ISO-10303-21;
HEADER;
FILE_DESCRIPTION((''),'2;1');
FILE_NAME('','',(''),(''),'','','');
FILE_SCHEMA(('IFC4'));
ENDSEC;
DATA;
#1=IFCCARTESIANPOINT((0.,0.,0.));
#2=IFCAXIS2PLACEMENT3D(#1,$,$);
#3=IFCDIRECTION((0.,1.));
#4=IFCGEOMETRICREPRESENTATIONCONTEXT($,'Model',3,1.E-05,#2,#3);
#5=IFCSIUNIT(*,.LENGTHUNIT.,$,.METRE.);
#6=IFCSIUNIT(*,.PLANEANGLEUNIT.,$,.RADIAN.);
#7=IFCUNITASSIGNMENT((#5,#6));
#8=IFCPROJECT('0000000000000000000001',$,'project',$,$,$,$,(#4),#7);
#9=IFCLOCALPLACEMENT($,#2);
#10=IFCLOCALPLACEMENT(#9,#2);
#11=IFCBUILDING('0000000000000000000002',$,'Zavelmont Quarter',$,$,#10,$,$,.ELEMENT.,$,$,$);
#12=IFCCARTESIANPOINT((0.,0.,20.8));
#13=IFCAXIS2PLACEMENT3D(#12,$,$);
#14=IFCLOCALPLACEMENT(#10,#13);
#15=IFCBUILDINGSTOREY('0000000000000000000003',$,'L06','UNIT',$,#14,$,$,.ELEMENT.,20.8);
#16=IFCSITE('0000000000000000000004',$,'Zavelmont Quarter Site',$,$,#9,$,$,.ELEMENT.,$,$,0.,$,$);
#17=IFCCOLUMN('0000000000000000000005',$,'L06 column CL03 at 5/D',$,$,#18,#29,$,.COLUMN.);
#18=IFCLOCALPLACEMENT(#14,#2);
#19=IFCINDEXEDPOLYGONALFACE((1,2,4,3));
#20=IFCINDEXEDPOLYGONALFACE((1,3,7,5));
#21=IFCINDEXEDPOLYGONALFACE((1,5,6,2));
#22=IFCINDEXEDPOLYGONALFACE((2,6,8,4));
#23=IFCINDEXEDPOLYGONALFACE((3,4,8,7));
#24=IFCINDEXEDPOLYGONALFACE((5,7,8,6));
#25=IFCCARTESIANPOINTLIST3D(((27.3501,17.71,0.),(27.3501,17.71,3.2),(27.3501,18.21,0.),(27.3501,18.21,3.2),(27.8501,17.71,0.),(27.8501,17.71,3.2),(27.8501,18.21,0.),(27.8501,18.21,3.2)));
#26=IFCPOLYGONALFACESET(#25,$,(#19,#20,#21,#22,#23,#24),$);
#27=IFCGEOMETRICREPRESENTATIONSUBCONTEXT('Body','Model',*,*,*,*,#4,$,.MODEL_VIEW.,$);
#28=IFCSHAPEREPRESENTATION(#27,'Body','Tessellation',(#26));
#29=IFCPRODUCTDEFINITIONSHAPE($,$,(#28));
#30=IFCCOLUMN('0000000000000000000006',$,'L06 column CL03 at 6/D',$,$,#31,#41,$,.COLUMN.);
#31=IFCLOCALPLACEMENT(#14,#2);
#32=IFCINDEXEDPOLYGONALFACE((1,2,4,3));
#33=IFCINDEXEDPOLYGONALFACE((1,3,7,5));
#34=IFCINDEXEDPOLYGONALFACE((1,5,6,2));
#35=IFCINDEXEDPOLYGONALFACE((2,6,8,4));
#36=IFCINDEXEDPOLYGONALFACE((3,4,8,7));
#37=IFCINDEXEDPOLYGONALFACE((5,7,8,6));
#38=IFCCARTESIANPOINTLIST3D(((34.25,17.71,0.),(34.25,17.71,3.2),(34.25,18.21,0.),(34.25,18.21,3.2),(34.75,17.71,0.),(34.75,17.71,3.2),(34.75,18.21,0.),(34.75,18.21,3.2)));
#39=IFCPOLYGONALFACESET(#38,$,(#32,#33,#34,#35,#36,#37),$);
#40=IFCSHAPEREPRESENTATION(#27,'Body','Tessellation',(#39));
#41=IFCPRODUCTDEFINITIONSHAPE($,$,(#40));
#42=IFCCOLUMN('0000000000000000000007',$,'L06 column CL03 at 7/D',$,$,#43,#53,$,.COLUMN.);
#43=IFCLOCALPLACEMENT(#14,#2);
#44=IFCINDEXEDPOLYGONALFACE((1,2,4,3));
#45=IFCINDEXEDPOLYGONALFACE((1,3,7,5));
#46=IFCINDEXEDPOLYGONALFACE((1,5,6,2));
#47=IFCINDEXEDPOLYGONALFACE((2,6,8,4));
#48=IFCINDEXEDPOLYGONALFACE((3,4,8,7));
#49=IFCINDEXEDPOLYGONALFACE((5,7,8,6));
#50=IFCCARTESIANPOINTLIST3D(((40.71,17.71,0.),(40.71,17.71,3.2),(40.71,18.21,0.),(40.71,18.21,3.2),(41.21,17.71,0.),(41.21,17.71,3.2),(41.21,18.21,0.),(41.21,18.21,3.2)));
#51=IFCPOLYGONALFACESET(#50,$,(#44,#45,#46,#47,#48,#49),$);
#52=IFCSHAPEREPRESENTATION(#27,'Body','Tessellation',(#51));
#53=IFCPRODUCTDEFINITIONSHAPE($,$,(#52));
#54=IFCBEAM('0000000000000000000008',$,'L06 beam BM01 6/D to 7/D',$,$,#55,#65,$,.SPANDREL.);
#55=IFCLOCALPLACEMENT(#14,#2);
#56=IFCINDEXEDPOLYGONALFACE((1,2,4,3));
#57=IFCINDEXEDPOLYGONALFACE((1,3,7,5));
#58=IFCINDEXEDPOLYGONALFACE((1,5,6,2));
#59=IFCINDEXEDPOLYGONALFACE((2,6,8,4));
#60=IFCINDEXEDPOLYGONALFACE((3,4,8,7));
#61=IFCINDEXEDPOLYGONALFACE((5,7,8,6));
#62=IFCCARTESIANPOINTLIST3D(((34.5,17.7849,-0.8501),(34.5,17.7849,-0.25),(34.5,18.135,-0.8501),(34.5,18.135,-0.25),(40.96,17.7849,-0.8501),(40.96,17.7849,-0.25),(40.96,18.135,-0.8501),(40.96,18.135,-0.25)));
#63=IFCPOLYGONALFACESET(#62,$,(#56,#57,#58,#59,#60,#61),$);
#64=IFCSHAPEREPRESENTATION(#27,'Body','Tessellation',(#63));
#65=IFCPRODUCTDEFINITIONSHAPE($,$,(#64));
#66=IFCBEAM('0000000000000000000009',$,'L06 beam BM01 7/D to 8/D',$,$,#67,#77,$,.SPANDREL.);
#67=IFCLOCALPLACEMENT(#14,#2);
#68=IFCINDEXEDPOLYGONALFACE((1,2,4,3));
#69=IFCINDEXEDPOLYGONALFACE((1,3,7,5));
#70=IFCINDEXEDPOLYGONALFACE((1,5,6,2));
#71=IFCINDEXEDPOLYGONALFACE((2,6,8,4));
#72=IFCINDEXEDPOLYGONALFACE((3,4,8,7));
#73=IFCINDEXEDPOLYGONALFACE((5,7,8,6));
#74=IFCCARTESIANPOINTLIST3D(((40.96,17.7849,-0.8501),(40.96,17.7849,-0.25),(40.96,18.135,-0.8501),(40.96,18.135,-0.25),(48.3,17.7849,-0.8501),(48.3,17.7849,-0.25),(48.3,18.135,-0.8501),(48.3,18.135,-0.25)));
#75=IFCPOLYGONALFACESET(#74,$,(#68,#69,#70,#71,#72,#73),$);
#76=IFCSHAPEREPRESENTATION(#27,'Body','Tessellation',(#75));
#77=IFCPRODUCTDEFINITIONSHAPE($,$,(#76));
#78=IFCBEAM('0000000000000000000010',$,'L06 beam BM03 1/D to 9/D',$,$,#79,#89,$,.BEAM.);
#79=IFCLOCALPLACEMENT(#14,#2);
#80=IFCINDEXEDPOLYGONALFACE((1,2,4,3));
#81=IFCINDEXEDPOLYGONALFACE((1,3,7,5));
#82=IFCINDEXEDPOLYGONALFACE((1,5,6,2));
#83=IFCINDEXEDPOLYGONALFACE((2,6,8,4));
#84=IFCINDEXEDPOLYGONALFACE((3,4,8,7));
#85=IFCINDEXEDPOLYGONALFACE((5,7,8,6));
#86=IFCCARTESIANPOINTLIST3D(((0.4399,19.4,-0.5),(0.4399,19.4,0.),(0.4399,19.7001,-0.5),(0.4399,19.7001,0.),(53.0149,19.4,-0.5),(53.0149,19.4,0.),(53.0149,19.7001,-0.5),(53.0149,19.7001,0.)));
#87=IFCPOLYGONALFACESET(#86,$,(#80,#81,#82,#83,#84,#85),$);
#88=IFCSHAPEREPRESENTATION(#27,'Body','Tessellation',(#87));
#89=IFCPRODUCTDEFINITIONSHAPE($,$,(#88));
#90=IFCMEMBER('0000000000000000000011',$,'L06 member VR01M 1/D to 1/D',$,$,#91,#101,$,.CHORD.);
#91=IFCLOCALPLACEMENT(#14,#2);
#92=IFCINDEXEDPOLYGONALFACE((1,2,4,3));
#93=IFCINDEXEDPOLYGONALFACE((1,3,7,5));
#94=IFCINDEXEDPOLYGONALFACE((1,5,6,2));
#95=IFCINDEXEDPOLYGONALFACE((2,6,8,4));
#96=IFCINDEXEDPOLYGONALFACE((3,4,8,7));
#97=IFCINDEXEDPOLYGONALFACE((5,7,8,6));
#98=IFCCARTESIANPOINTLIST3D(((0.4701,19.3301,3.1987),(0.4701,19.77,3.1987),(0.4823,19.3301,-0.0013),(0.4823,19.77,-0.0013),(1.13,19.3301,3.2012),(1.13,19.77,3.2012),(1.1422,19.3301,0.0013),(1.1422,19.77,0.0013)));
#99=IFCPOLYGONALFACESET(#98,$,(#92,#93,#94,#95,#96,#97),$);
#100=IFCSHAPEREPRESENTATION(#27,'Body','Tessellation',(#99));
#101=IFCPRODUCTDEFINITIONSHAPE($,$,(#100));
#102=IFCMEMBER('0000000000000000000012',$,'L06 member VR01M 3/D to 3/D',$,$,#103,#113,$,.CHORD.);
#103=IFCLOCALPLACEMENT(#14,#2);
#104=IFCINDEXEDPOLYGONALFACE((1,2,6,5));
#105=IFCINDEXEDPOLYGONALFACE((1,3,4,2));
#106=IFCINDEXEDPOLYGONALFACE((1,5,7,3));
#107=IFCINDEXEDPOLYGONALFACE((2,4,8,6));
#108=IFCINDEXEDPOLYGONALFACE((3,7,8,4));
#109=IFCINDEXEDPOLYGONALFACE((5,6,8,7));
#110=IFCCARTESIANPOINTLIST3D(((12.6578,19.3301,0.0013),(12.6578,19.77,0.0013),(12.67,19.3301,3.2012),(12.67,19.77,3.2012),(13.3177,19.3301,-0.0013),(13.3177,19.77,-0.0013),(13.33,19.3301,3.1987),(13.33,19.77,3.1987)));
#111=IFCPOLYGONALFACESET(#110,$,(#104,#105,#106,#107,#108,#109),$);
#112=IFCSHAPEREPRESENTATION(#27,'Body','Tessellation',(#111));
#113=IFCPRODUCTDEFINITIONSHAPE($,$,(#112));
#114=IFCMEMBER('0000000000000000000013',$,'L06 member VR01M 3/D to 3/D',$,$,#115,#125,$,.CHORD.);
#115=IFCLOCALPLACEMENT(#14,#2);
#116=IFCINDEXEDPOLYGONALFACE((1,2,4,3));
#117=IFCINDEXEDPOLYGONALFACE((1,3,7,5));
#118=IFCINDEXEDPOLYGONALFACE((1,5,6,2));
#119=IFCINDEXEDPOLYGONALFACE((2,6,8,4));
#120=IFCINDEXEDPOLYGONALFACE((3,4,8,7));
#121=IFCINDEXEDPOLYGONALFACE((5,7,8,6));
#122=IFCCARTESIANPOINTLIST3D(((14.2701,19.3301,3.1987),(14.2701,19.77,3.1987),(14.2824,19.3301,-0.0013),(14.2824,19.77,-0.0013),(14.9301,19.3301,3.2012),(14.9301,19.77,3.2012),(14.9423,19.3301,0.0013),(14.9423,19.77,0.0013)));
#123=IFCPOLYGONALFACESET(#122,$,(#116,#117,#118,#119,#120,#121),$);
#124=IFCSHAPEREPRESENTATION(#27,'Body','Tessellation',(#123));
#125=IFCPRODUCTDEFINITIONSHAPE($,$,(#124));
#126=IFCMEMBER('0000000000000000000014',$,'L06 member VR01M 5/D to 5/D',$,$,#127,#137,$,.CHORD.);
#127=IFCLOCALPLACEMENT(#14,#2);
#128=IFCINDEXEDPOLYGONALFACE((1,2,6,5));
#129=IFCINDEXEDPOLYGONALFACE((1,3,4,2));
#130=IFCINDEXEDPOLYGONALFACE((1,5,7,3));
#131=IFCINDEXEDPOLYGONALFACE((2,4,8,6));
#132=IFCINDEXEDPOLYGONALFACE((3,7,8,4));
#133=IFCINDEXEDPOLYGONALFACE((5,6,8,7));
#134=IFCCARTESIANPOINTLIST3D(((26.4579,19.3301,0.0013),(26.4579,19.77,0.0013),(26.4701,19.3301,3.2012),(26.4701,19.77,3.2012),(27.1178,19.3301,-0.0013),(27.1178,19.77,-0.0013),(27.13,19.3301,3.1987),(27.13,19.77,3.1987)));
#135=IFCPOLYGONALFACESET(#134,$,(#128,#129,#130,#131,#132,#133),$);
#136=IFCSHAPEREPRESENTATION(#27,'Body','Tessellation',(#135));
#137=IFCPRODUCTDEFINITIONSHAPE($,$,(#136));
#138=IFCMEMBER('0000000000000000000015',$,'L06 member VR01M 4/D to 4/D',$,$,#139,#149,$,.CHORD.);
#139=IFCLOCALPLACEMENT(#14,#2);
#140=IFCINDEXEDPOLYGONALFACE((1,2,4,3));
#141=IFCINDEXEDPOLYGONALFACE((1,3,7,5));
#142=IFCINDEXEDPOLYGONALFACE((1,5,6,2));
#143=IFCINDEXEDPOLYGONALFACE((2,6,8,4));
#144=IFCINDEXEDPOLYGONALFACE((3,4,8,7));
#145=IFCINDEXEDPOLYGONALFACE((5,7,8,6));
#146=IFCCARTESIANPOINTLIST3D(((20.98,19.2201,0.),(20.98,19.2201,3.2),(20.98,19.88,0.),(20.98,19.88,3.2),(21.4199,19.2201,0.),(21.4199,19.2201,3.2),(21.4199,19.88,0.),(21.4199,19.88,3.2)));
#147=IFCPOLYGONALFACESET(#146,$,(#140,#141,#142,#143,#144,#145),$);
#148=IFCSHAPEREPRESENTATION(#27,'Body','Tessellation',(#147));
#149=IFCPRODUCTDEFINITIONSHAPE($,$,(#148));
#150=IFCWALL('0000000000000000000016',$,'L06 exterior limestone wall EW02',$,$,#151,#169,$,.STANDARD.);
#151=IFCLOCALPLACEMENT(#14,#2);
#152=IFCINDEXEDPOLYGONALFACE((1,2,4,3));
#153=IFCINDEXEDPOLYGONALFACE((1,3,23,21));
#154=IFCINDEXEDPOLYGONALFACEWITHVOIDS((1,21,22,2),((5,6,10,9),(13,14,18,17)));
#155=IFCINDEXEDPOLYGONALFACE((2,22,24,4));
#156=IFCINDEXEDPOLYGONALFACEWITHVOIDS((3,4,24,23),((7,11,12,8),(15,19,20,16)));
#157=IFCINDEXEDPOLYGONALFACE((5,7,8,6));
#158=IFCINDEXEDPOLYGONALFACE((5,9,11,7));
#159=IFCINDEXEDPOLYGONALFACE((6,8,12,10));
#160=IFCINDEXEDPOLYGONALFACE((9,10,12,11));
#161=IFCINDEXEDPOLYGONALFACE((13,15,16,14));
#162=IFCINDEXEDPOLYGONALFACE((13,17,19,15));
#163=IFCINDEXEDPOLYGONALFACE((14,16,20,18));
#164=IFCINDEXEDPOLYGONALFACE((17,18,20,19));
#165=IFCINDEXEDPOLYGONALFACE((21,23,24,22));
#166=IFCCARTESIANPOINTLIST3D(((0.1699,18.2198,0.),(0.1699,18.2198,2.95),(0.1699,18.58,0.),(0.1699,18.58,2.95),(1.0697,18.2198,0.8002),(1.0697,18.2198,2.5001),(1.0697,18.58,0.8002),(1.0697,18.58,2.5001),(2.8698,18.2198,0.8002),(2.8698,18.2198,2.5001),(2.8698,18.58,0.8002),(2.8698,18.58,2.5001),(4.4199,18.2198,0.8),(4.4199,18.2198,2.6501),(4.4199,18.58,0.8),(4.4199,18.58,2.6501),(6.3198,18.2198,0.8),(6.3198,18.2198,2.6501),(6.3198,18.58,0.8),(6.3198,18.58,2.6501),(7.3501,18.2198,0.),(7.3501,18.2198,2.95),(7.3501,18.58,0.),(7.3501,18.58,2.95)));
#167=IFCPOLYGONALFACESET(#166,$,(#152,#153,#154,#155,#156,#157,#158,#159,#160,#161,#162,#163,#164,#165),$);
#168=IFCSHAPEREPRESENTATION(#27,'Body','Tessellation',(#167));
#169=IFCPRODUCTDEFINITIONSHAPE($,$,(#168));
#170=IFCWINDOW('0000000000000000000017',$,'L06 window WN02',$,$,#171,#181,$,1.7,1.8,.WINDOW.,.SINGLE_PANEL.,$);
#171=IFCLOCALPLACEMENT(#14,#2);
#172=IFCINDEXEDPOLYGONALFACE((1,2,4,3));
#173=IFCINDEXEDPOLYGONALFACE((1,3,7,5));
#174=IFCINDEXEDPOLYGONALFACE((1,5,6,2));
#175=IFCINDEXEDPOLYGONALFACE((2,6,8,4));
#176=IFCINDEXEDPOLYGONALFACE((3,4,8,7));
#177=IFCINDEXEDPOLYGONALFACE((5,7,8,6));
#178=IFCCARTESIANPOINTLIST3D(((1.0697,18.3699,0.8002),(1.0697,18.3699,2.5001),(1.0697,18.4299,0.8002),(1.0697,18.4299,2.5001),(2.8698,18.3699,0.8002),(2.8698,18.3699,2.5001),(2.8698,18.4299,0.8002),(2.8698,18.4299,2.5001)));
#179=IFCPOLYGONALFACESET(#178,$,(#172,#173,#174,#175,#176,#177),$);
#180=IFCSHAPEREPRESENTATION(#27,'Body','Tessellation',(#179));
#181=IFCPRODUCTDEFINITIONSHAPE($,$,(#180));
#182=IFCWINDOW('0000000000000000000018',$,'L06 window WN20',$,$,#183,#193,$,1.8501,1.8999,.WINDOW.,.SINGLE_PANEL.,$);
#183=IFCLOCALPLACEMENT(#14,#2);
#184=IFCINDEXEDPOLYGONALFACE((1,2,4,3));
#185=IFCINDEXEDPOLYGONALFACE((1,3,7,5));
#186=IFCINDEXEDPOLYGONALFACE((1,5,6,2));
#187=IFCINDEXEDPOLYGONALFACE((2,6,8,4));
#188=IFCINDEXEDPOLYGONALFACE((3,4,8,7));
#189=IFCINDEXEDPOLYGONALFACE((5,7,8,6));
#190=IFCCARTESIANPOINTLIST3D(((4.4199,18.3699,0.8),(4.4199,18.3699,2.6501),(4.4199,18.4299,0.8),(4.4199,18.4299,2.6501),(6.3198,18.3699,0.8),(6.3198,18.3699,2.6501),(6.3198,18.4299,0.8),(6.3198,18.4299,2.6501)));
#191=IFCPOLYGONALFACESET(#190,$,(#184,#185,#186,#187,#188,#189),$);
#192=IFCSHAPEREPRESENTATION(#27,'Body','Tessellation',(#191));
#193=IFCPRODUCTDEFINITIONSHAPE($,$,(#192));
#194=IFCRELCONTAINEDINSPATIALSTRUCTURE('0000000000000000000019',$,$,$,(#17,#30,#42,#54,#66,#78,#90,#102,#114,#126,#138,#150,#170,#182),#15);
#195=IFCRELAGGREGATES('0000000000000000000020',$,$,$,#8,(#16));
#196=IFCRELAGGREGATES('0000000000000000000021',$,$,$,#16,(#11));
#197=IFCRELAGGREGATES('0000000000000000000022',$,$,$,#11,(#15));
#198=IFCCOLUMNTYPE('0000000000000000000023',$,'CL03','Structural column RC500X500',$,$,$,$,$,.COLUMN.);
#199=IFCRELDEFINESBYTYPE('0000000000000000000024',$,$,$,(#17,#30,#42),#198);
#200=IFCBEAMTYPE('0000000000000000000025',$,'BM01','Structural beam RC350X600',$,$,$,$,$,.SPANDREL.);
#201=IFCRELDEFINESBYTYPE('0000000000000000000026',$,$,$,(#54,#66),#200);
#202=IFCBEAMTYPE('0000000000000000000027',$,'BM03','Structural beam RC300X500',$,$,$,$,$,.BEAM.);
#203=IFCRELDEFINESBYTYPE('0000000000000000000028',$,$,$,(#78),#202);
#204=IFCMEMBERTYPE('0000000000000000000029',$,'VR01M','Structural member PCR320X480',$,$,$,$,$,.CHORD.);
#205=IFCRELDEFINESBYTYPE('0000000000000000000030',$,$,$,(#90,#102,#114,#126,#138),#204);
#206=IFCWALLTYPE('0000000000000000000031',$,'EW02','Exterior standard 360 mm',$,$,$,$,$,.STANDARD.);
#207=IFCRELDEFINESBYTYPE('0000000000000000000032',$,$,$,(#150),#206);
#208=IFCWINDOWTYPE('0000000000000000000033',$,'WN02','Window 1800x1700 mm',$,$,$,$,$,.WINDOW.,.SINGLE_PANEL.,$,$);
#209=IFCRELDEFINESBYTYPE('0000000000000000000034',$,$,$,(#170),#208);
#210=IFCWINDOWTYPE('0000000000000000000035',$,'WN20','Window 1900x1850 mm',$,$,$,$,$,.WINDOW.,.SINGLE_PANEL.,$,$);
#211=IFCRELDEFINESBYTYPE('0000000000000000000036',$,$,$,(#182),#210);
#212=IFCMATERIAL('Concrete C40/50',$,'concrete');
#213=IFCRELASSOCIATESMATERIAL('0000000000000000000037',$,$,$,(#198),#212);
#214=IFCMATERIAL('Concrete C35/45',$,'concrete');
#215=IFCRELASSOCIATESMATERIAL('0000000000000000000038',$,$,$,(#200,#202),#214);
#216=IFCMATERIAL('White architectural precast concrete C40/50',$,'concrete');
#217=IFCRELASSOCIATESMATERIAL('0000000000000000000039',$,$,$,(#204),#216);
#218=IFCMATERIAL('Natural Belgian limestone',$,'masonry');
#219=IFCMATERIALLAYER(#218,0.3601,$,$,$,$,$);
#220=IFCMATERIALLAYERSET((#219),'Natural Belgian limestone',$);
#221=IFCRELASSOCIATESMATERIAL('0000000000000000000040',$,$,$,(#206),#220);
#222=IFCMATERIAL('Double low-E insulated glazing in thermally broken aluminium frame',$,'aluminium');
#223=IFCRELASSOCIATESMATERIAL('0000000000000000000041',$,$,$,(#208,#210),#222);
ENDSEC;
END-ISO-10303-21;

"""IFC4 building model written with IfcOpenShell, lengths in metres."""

from ifc_helpers import new_model, si_unit, direction, frame, frame_2d, origin, origin_with_axes, origin_2d, place, context, subcontext, project, spatial, rectangle, extrude, material, layer, layer_set, material_profile, profile_set, type_object, element, fill, save


model = new_model("IFC4")

# Units and contexts
model_context = context("Model", 3, precision=1e-05, world=origin(), true_north=direction((0.0, 1.0)))
body_context = subcontext(model_context, "Body", "Model", "MODEL_VIEW")
ifc_project = project(units=[si_unit("LENGTHUNIT", "METRE"), si_unit("PLANEANGLEUNIT", "RADIAN")], contexts=[model_context])

# Site, building, storey
site_placement = place(None, origin())
site = spatial("IfcSite", under=ifc_project, at=site_placement, Name="Zavelmont Quarter Site", CompositionType="ELEMENT", RefElevation=0.0)
building_placement = place(site_placement, origin())
building = spatial("IfcBuilding", under=site, at=building_placement, Name="Zavelmont Quarter", CompositionType="ELEMENT")
storey_placement = place(building_placement, frame((0.0, 0.0, 20.8)))
storey = spatial("IfcBuildingStorey", under=building, at=storey_placement, Name="L06", Description="UNIT", CompositionType="ELEMENT", Elevation=20.8)

# Columns
ifc_material_1 = material(Name="Concrete C40/50", Category="concrete")
ifc_material_profile_1 = material_profile(ifc_material_1, rectangle(XDim=0.5, YDim=0.5, at=origin_2d()), Name="RC500X500")
ifc_profile_set_1 = profile_set([ifc_material_profile_1], Name="Concrete C40/50")
column_type = type_object("IfcColumnType", Name="CL03", Description="Structural column RC500X500", PredefinedType="COLUMN", material=ifc_profile_set_1)
for number, where, z_axis, x_axis, name in (
    (1, (27.6001, 17.96, 0.0), (0.0, 0.0, 1.0), (1.0, 0.0, 0.0), "L06 column CL03 at 5/D"),
    (2, (34.5, 17.96, 0.0), (0.0, 0.0, 1.0), (1.0, 0.0, 0.0), "L06 column CL03 at 6/D"),
    (3, (40.96, 17.96, 0.0), (0.0, 0.0, 1.0), (1.0, 0.0, 0.0), "L06 column CL03 at 7/D"),
):
    element("IfcColumn", number, at=place(storey_placement, frame(where, z_axis=z_axis, x_axis=x_axis)), inside=storey, type_object=column_type, Name=name, PredefinedType="COLUMN", context=body_context, shape_type="SweptSolid", body=[
        extrude(rectangle(XDim=0.5, YDim=0.5, at=origin_2d()), origin(), (0.0, 0.0, 1.0), 3.2),
    ])

# Beams
ifc_material_2 = material(Name="Concrete C35/45", Category="concrete")
ifc_material_profile_2 = material_profile(ifc_material_2, rectangle(XDim=0.3501, YDim=0.6001, at=origin_2d()), Name="RC350X600")
ifc_profile_set_2 = profile_set([ifc_material_profile_2], Name="Concrete C35/45")
beam_type_1 = type_object("IfcBeamType", Name="BM01", Description="Structural beam RC350X600", PredefinedType="SPANDREL", material=ifc_profile_set_2)
beam_1_placement = place(storey_placement, frame((34.5, 17.96, -0.55), z_axis=(1.0, 0.0, 0.0), x_axis=(0.0, 1.0, 0.0)))
element("IfcBeam", 4, at=beam_1_placement, inside=storey, type_object=beam_type_1, Name="L06 beam BM01 6/D to 7/D", PredefinedType="SPANDREL", context=body_context, shape_type="SweptSolid", body=[
    extrude(rectangle(XDim=0.3501, YDim=0.6001, at=origin_2d()), origin(), (0.0, 0.0, 1.0), 6.46),
])
beam_2_placement = place(storey_placement, frame((40.96, 17.96, -0.55), z_axis=(1.0, 0.0, 0.0), x_axis=(0.0, 1.0, 0.0)))
element("IfcBeam", 5, at=beam_2_placement, inside=storey, type_object=beam_type_1, Name="L06 beam BM01 7/D to 8/D", PredefinedType="SPANDREL", context=body_context, shape_type="SweptSolid", body=[
    extrude(rectangle(XDim=0.3501, YDim=0.6001, at=origin_2d()), origin(), (0.0, 0.0, 1.0), 7.3401),
])
ifc_material_profile_3 = material_profile(ifc_material_2, rectangle(XDim=0.3, YDim=0.5, at=origin_2d()), Name="RC300X500")
ifc_profile_set_3 = profile_set([ifc_material_profile_3], Name="Concrete C35/45")
beam_type_2 = type_object("IfcBeamType", Name="BM03", Description="Structural beam RC300X500", PredefinedType="BEAM", material=ifc_profile_set_3)
beam_3_placement = place(storey_placement, frame((0.4399, 19.55, -0.25), z_axis=(1.0, 0.0, 0.0), x_axis=(0.0, 1.0, 0.0)))
element("IfcBeam", 6, at=beam_3_placement, inside=storey, type_object=beam_type_2, Name="L06 beam BM03 1/D to 9/D", PredefinedType="BEAM", context=body_context, shape_type="SweptSolid", body=[
    extrude(rectangle(XDim=0.3, YDim=0.5, at=origin_2d()), origin(), (0.0, 0.0, 1.0), 52.575),
])

# Members
ifc_material_3 = material(Name="White architectural precast concrete C40/50", Category="concrete")
ifc_material_profile_4 = material_profile(ifc_material_3, rectangle(XDim=0.4399, YDim=0.6599, at=origin_2d()), Name="PCR320X480")
ifc_profile_set_4 = profile_set([ifc_material_profile_4], Name="White architectural precast concrete C40/50")
member_type = type_object("IfcMemberType", Name="VR01M", Description="Structural member PCR320X480", PredefinedType="CHORD", material=ifc_profile_set_4)
for number, where, z_axis, x_axis, name in (
    (7, (0.8123, 19.55, 0.0), (-0.003815, 0.0, 0.999993), (0.0, -1.0, 0.0), "L06 member VR01M 1/D to 1/D"),
    (8, (12.9878, 19.55, 0.0), (0.003815, 0.0, 0.999993), (0.0, 1.0, 0.0), "L06 member VR01M 3/D to 3/D"),
    (9, (14.6123, 19.55, 0.0), (-0.003815, 0.0, 0.999993), (0.0, -1.0, 0.0), "L06 member VR01M 3/D to 3/D"),
    (10, (26.7878, 19.55, 0.0), (0.003815, 0.0, 0.999993), (0.0, 1.0, 0.0), "L06 member VR01M 5/D to 5/D"),
    (11, (21.2, 19.55, 0.0), (0.0, 0.0, 1.0), (1.0, 0.0, 0.0), "L06 member VR01M 4/D to 4/D"),
):
    element("IfcMember", number, at=place(storey_placement, frame(where, z_axis=z_axis, x_axis=x_axis)), inside=storey, type_object=member_type, Name=name, PredefinedType="CHORD", context=body_context, shape_type="SweptSolid", body=[
        extrude(rectangle(XDim=0.4399, YDim=0.6599, at=origin_2d()), origin(), (0.0, 0.0, 1.0), 3.2),
    ])

# Wall, openings, windows
ifc_material_4 = material(Name="Natural Belgian limestone", Category="masonry")
ifc_layer_1 = layer(ifc_material_4, 0.3601)
ifc_layer_set_1 = layer_set([ifc_layer_1], Name="Natural Belgian limestone")
wall_type_1 = type_object("IfcWallType", Name="EW02", Description="Exterior standard 360 mm", PredefinedType="STANDARD", material=ifc_layer_set_1)
wall_1_placement = place(storey_placement, frame((0.1699, 18.3999, 0.0), z_axis=(0.0, 0.0, 1.0), x_axis=(1.0, 0.0, 0.0)))
wall_1 = element("IfcWall", 12, at=wall_1_placement, inside=storey, type_object=wall_type_1, Name="L06 exterior limestone wall EW02", PredefinedType="STANDARD", context=body_context, shape_type="SweptSolid", body=[
    extrude(rectangle(XDim=7.1802, YDim=0.3601, at=frame_2d((3.5901, 0.0))), origin(), (0.0, 0.0, 1.0), 2.95),
])
opening_1_placement = place(wall_1_placement, frame((0.8999, 0.0, 0.8)))
opening_1 = element("IfcOpeningElement", 13, at=opening_1_placement, cuts=wall_1, PredefinedType="OPENING", context=body_context, shape_type="SweptSolid", body=[
    extrude(rectangle(XDim=1.8, YDim=1.7, at=frame_2d((0.8999, 0.8501))), frame((0.0, 0.1919, 0.0), z_axis=(0.0, -1.0, 0.0), x_axis=(1.0, 0.0, 0.0)), (0.0, 0.0, 1.0), 0.384),
])
opening_2_placement = place(wall_1_placement, frame((4.25, 0.0, 0.8)))
opening_2 = element("IfcOpeningElement", 14, at=opening_2_placement, cuts=wall_1, PredefinedType="OPENING", context=body_context, shape_type="SweptSolid", body=[
    extrude(rectangle(XDim=1.8999, YDim=1.8501, at=frame_2d((0.95, 0.925))), frame((0.0, 0.1919, 0.0), z_axis=(0.0, -1.0, 0.0), x_axis=(1.0, 0.0, 0.0)), (0.0, 0.0, 1.0), 0.384),
])
ifc_material_5 = material(Name="Double low-E insulated glazing in thermally broken aluminium frame", Category="aluminium")
window_type_1 = type_object("IfcWindowType", Name="WN02", Description="Window 1800x1700 mm", PartitioningType="SINGLE_PANEL", PredefinedType="WINDOW", material=ifc_material_5)
window_1_placement = place(opening_1_placement, origin_with_axes())
window_1 = element("IfcWindow", 15, at=window_1_placement, inside=storey, type_object=window_type_1, Name="L06 window WN02", OverallHeight=1.7, OverallWidth=1.8, PartitioningType="SINGLE_PANEL", PredefinedType="WINDOW", context=body_context, shape_type="SweptSolid", body=[
    extrude(rectangle(XDim=1.8, YDim=1.7, at=frame_2d((0.8999, 0.8501))), frame((0.0, 0.03, 0.0), z_axis=(0.0, -1.0, 0.0), x_axis=(1.0, 0.0, 0.0)), (0.0, 0.0, 1.0), 0.0601),
])
fill(opening_1, window_1)
window_type_2 = type_object("IfcWindowType", Name="WN20", Description="Window 1900x1850 mm", PartitioningType="SINGLE_PANEL", PredefinedType="WINDOW", material=ifc_material_5)
window_2_placement = place(opening_2_placement, origin_with_axes())
window_2 = element("IfcWindow", 16, at=window_2_placement, inside=storey, type_object=window_type_2, Name="L06 window WN20", OverallHeight=1.8501, OverallWidth=1.8999, PartitioningType="SINGLE_PANEL", PredefinedType="WINDOW", context=body_context, shape_type="SweptSolid", body=[
    extrude(rectangle(XDim=1.8999, YDim=1.8501, at=frame_2d((0.95, 0.925))), frame((0.0, 0.03, 0.0), z_axis=(0.0, -1.0, 0.0), x_axis=(1.0, 0.0, 0.0)), (0.0, 0.0, 1.0), 0.0601),
])
fill(opening_2, window_2)

save(model, "model.ifc")
